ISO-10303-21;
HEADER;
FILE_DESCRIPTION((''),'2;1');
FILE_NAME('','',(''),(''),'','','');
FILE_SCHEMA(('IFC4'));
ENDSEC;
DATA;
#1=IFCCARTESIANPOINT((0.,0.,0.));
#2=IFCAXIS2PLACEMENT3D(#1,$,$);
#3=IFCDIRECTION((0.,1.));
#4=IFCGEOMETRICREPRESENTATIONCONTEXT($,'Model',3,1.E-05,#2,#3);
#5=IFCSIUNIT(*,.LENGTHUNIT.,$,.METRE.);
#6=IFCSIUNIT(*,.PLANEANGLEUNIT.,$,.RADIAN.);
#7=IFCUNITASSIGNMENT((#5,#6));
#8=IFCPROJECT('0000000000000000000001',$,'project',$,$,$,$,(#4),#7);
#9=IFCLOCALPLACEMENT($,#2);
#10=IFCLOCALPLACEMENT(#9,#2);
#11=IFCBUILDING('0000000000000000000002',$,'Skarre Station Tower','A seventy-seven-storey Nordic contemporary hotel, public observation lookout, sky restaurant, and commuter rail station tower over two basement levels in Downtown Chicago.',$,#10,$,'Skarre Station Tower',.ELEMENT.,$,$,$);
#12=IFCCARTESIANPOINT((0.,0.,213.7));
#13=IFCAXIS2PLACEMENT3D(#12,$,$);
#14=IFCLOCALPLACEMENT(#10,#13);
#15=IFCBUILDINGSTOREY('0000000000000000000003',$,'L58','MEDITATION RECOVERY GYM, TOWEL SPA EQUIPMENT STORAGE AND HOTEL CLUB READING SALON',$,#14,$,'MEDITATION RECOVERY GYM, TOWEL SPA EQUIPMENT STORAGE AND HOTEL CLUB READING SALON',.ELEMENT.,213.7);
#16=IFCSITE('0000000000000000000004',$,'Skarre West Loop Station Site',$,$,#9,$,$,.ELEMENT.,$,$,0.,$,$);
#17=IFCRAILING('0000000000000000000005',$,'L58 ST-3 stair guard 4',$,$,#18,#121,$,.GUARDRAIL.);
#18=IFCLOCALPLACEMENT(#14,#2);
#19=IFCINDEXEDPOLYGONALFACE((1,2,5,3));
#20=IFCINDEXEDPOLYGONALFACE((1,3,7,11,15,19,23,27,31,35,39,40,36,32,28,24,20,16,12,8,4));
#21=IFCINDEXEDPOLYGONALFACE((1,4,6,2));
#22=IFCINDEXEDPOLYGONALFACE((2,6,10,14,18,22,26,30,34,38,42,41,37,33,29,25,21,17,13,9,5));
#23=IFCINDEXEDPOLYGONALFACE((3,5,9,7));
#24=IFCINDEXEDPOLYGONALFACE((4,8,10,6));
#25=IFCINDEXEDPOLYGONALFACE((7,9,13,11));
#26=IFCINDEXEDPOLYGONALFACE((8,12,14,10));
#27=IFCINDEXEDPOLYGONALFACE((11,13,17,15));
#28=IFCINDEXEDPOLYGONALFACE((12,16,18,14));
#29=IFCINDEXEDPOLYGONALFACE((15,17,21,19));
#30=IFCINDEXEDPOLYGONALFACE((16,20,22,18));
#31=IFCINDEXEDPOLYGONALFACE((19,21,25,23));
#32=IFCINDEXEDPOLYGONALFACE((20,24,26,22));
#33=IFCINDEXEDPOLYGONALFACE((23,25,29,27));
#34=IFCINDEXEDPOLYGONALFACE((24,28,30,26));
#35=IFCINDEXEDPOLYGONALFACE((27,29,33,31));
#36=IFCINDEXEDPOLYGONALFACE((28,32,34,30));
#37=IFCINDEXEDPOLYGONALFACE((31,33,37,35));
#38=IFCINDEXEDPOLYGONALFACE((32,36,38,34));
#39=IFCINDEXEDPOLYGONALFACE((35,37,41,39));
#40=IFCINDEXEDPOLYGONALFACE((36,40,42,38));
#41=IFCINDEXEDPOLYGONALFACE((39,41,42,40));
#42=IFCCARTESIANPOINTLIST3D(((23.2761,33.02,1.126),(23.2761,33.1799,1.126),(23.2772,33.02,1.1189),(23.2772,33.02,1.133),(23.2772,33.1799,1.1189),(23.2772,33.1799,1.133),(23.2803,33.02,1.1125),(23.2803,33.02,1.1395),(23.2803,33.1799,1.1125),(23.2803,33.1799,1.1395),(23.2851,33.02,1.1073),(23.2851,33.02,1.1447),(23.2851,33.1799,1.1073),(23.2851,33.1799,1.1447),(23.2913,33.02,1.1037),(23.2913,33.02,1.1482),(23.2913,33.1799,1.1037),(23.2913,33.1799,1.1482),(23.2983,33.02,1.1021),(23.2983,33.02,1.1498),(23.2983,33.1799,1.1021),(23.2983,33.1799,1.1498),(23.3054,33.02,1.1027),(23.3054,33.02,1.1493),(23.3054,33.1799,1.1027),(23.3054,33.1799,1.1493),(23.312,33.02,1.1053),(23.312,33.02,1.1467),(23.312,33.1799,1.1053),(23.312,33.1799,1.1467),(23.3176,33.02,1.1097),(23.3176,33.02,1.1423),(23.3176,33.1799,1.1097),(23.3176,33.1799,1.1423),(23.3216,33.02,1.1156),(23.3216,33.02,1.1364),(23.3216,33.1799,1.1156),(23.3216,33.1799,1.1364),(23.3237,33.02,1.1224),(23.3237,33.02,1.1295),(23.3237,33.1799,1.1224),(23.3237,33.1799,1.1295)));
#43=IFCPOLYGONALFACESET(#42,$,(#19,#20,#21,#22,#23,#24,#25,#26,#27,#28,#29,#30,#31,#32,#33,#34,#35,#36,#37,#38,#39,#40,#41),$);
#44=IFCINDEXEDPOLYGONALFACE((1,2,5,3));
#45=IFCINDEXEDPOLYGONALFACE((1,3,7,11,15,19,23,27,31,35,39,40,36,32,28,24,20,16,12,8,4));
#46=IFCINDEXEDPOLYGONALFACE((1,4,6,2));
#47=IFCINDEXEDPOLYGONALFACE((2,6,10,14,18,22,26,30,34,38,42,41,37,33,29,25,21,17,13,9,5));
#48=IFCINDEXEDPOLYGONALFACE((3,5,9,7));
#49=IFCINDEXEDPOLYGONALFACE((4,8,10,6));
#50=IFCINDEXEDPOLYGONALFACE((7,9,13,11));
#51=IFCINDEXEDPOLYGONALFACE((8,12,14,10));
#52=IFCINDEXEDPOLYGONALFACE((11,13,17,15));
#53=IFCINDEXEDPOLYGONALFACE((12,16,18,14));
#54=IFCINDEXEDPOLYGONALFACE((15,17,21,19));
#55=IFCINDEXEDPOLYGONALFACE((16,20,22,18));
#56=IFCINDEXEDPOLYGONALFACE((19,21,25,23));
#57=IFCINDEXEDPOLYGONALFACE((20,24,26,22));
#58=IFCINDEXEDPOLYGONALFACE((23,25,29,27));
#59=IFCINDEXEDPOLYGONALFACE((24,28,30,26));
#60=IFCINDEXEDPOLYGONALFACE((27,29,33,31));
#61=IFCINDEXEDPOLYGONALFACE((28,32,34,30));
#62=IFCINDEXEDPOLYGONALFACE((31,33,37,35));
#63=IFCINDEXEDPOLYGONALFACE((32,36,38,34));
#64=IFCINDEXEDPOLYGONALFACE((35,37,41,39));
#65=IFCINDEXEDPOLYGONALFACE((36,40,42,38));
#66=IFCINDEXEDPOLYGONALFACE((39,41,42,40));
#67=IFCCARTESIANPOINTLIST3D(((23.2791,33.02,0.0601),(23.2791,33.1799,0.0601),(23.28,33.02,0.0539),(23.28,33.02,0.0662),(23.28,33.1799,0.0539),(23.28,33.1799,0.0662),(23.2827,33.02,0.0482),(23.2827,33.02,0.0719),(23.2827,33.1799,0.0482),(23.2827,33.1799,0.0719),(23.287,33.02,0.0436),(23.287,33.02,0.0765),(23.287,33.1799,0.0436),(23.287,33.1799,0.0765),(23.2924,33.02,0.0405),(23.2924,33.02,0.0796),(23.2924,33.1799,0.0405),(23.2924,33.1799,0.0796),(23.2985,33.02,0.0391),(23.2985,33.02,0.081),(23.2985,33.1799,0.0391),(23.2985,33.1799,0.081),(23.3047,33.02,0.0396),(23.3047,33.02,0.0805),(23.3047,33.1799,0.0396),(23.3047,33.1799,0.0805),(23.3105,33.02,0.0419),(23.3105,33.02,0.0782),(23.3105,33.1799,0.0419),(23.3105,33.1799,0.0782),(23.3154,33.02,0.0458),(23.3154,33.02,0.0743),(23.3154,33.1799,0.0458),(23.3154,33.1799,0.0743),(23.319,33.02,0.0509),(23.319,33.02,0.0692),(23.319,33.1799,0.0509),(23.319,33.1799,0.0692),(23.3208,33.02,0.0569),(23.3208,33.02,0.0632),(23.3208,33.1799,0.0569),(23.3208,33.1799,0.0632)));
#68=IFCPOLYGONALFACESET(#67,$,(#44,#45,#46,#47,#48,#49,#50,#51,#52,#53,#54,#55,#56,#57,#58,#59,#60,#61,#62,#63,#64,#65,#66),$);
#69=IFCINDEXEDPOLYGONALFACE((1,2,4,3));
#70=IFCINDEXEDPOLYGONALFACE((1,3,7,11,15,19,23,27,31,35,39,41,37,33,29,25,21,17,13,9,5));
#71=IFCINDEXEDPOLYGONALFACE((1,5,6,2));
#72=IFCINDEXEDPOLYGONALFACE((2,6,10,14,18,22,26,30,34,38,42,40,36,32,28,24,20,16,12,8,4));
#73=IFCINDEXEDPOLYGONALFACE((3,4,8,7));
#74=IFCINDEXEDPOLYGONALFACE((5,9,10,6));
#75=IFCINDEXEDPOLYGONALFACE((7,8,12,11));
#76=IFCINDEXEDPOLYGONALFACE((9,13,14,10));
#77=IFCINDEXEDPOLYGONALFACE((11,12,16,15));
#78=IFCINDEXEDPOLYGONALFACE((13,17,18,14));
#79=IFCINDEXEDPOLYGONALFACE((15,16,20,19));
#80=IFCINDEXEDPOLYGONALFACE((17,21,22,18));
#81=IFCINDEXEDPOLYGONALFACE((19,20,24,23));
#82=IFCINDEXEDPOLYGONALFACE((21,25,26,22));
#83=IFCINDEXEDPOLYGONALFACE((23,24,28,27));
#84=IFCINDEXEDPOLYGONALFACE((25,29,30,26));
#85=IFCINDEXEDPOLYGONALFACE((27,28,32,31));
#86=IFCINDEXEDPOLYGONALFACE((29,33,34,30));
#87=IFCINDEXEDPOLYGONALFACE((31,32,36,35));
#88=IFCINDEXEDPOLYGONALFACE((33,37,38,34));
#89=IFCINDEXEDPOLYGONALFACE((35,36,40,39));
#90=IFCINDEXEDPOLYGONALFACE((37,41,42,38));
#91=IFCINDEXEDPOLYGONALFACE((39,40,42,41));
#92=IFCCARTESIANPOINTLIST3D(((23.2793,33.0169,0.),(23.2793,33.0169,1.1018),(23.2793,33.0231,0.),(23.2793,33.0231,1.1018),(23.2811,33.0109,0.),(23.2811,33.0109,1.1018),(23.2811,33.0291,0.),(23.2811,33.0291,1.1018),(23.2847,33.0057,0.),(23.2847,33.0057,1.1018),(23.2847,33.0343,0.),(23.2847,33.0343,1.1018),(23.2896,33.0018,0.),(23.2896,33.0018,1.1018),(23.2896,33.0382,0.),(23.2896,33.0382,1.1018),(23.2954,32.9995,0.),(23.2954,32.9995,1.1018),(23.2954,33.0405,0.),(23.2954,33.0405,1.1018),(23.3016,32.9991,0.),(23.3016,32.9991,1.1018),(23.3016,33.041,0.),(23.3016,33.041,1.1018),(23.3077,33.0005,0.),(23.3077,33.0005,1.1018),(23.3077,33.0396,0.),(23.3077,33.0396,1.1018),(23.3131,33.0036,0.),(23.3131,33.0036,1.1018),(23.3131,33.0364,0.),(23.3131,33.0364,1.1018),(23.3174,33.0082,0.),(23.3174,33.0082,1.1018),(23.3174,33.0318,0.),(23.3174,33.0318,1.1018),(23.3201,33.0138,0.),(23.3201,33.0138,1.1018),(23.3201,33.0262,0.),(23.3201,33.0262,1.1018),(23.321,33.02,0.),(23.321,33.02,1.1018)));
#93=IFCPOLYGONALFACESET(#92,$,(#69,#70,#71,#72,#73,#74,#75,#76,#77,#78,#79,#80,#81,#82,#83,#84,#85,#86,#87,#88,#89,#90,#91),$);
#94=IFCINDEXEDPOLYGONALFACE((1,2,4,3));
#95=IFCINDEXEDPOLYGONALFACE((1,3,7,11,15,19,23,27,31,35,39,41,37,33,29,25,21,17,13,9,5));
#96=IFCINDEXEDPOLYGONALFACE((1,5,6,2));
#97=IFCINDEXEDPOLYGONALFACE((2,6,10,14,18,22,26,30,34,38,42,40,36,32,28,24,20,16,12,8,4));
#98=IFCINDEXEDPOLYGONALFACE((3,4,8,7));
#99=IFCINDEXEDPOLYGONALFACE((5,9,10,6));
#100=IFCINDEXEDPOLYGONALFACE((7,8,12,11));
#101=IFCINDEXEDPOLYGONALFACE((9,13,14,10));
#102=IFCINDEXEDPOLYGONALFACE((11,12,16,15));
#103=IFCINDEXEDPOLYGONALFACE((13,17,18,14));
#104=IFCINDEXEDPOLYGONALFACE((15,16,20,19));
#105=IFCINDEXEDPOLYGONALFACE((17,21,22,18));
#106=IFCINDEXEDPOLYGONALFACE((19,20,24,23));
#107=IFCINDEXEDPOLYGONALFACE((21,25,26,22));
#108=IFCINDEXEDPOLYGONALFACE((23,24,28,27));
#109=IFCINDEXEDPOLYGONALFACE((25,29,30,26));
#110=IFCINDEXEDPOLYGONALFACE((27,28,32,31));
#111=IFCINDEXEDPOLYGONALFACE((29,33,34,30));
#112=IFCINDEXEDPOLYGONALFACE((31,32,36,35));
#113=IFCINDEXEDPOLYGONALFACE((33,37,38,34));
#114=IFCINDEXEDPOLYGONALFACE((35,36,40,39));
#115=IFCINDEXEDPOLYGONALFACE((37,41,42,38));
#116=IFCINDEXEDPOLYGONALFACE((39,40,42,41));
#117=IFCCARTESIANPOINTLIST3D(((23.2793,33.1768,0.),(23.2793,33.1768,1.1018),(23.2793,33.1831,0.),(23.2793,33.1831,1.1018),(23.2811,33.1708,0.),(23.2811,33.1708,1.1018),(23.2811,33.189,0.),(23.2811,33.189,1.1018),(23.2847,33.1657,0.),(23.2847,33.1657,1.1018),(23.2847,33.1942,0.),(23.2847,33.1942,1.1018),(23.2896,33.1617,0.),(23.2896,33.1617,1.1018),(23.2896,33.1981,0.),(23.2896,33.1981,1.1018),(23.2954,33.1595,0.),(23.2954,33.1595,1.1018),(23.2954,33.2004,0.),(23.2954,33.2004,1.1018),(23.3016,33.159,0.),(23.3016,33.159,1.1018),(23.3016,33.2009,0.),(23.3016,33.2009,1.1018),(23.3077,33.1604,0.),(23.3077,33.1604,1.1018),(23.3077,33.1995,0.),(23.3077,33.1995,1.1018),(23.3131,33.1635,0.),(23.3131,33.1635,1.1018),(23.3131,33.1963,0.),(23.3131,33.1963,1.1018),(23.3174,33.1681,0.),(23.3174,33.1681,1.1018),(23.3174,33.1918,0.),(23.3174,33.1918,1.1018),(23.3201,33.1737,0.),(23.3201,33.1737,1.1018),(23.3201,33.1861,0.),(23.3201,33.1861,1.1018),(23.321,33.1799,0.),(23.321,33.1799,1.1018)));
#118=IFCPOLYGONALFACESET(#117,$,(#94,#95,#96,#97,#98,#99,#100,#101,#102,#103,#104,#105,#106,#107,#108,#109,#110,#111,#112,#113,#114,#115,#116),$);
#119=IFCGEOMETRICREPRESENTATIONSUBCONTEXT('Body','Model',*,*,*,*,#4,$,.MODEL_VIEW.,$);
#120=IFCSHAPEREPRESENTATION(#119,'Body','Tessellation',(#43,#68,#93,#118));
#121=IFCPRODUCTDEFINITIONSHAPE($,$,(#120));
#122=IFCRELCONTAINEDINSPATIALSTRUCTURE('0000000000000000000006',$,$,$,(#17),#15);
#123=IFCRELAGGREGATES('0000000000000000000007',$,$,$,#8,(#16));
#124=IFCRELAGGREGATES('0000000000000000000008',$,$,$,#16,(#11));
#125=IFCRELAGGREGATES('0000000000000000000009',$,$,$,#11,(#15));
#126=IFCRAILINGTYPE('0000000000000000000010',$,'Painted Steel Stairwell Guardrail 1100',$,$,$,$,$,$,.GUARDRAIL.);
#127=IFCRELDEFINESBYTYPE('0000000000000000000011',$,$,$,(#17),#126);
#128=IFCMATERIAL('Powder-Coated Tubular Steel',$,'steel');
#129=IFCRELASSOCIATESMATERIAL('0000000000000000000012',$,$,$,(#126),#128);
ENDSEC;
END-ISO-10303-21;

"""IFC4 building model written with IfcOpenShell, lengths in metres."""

from ifc_helpers import new_model, si_unit, direction, frame, origin, origin_2d, place, context, subcontext, project, spatial, circle, extrude, material, type_object, element, save


model = new_model("IFC4")

# Units and contexts
model_context = context("Model", 3, precision=1e-05, world=origin(), true_north=direction((0.0, 1.0)))
body_context = subcontext(model_context, "Body", "Model", "MODEL_VIEW")
ifc_project = project(units=[si_unit("LENGTHUNIT", "METRE"), si_unit("PLANEANGLEUNIT", "RADIAN")], contexts=[model_context])

# Site, building, storey
site_placement = place(None, origin())
site = spatial("IfcSite", under=ifc_project, at=site_placement, Name="Skarre West Loop Station Site", CompositionType="ELEMENT", RefElevation=0.0)
building_placement = place(site_placement, origin())
building = spatial("IfcBuilding", under=site, at=building_placement, Name="Skarre Station Tower", Description="A seventy-seven-storey Nordic contemporary hotel, public observation lookout, sky restaurant, and commuter rail station tower over two basement levels in Downtown Chicago.", LongName="Skarre Station Tower", CompositionType="ELEMENT")
storey_placement = place(building_placement, frame((0.0, 0.0, 213.7)))
storey = spatial("IfcBuildingStorey", under=building, at=storey_placement, Name="L58", Description="MEDITATION RECOVERY GYM, TOWEL SPA EQUIPMENT STORAGE AND HOTEL CLUB READING SALON", LongName="MEDITATION RECOVERY GYM, TOWEL SPA EQUIPMENT STORAGE AND HOTEL CLUB READING SALON", CompositionType="ELEMENT", Elevation=213.7)

# Railing
ifc_material_1 = material(Name="Powder-Coated Tubular Steel", Category="steel")
railing_type_1 = type_object("IfcRailingType", Name="Painted Steel Stairwell Guardrail 1100", PredefinedType="GUARDRAIL", material=ifc_material_1)
railing_1_placement = place(storey_placement, frame((23.3, 33.02, 0.0)))
element("IfcRailing", 1, at=railing_1_placement, inside=storey, type_object=railing_type_1, Name="L58 ST-3 stair guard 4", PredefinedType="GUARDRAIL", context=body_context, shape_type="SweptSolid", body=[
    extrude(circle(Radius=0.0239, at=origin_2d()), frame((0.0, 0.0, 1.126), z_axis=(0.0, 1.0, 0.0), x_axis=(-1.0, 0.0, 0.0)), (0.0, 0.0, 1.0), 0.1599),
    extrude(circle(Radius=0.021, at=origin_2d()), frame((0.0, 0.0, 0.0601), z_axis=(0.0, 1.0, 0.0), x_axis=(-1.0, 0.0, 0.0)), (0.0, 0.0, 1.0), 0.1599),
    extrude(circle(Radius=0.021, at=origin_2d()), origin(), (0.0, 0.0, 1.0), 1.1018),
    extrude(circle(Radius=0.021, at=origin_2d()), frame((0.0, 0.1599, 0.0)), (0.0, 0.0, 1.0), 1.1018),
])

save(model, "model.ifc")
